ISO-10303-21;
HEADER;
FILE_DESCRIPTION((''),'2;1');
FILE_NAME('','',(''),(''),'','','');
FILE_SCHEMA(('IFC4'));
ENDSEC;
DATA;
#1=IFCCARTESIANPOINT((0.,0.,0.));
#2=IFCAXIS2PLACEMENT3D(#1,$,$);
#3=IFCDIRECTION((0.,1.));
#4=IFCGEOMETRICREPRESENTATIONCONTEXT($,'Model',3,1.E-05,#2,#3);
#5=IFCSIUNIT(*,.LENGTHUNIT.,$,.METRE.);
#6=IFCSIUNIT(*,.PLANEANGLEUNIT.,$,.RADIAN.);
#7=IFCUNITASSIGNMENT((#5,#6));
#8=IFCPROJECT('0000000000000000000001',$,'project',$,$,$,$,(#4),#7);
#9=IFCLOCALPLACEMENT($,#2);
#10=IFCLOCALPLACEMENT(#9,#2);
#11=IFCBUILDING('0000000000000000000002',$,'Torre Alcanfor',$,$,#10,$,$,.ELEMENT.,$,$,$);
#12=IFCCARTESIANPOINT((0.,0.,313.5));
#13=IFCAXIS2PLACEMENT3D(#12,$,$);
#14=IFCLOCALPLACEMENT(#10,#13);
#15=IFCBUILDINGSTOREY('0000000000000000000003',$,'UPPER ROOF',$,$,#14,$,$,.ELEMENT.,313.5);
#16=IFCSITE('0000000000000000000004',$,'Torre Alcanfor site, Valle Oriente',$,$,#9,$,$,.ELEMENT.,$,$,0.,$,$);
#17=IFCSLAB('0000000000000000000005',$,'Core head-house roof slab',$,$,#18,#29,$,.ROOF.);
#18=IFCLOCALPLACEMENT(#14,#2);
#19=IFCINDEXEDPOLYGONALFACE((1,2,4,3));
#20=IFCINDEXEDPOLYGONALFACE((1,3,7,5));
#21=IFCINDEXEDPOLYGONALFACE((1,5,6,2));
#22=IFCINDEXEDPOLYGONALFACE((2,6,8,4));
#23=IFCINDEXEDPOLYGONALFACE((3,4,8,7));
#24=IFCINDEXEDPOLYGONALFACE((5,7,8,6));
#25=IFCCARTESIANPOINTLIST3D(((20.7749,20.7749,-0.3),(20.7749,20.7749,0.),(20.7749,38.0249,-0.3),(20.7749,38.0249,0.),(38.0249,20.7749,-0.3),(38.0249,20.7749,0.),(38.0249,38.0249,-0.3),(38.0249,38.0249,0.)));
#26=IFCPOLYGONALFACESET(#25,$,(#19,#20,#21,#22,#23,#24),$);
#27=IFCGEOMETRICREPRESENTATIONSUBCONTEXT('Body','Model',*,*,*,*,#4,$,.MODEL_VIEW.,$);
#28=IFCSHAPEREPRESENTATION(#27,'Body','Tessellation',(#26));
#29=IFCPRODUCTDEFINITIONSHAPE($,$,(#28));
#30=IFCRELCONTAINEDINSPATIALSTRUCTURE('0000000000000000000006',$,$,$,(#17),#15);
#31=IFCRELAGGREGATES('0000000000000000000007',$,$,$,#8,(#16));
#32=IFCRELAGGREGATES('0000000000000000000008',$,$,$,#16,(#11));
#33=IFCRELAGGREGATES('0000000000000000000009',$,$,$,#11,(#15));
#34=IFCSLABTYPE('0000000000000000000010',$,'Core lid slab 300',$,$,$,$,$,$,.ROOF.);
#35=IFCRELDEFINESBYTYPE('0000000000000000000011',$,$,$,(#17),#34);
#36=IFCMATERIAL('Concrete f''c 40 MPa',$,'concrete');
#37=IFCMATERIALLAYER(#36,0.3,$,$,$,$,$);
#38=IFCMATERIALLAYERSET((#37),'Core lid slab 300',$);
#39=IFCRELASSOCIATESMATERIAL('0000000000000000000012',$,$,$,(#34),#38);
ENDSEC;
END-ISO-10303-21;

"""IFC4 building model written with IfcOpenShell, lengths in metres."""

from ifc_helpers import new_model, si_unit, direction, frame, origin, place, context, subcontext, project, spatial, polyline, outline, extrude, material, layer, layer_set, type_object, element, save


model = new_model("IFC4")

# Units and contexts
model_context = context("Model", 3, precision=1e-05, world=origin(), true_north=direction((0.0, 1.0)))
body_context = subcontext(model_context, "Body", "Model", "MODEL_VIEW")
ifc_project = project(units=[si_unit("LENGTHUNIT", "METRE"), si_unit("PLANEANGLEUNIT", "RADIAN")], contexts=[model_context])

# Site, building, storey
site_placement = place(None, origin())
site = spatial("IfcSite", under=ifc_project, at=site_placement, Name="Torre Alcanfor site, Valle Oriente", CompositionType="ELEMENT", RefElevation=0.0)
building_placement = place(site_placement, origin())
building = spatial("IfcBuilding", under=site, at=building_placement, Name="Torre Alcanfor", CompositionType="ELEMENT")
storey_placement = place(building_placement, frame((0.0, 0.0, 313.5)))
storey = spatial("IfcBuildingStorey", under=building, at=storey_placement, Name="UPPER ROOF", CompositionType="ELEMENT", Elevation=313.5)

# Slab
ifc_material = material(Name="Concrete f'c 40 MPa", Category="concrete")
ifc_layer = layer(ifc_material, 0.3)
ifc_layer_set = layer_set([ifc_layer], Name="Core lid slab 300")
slab_type = type_object("IfcSlabType", Name="Core lid slab 300", PredefinedType="ROOF", material=ifc_layer_set)
slab_placement = place(storey_placement, frame((0.0, 0.0, -0.3)))
element("IfcSlab", 1, at=slab_placement, inside=storey, type_object=slab_type, Name="Core head-house roof slab", PredefinedType="ROOF", context=body_context, shape_type="SweptSolid", body=[
    extrude(outline(polyline([(20.7749, 20.7749), (38.0249, 20.7749), (38.0249, 38.0249), (20.7749, 38.0249), (20.7749, 20.7749)])), origin(), (0.0, 0.0, 1.0), 0.3),
])

save(model, "model.ifc")
